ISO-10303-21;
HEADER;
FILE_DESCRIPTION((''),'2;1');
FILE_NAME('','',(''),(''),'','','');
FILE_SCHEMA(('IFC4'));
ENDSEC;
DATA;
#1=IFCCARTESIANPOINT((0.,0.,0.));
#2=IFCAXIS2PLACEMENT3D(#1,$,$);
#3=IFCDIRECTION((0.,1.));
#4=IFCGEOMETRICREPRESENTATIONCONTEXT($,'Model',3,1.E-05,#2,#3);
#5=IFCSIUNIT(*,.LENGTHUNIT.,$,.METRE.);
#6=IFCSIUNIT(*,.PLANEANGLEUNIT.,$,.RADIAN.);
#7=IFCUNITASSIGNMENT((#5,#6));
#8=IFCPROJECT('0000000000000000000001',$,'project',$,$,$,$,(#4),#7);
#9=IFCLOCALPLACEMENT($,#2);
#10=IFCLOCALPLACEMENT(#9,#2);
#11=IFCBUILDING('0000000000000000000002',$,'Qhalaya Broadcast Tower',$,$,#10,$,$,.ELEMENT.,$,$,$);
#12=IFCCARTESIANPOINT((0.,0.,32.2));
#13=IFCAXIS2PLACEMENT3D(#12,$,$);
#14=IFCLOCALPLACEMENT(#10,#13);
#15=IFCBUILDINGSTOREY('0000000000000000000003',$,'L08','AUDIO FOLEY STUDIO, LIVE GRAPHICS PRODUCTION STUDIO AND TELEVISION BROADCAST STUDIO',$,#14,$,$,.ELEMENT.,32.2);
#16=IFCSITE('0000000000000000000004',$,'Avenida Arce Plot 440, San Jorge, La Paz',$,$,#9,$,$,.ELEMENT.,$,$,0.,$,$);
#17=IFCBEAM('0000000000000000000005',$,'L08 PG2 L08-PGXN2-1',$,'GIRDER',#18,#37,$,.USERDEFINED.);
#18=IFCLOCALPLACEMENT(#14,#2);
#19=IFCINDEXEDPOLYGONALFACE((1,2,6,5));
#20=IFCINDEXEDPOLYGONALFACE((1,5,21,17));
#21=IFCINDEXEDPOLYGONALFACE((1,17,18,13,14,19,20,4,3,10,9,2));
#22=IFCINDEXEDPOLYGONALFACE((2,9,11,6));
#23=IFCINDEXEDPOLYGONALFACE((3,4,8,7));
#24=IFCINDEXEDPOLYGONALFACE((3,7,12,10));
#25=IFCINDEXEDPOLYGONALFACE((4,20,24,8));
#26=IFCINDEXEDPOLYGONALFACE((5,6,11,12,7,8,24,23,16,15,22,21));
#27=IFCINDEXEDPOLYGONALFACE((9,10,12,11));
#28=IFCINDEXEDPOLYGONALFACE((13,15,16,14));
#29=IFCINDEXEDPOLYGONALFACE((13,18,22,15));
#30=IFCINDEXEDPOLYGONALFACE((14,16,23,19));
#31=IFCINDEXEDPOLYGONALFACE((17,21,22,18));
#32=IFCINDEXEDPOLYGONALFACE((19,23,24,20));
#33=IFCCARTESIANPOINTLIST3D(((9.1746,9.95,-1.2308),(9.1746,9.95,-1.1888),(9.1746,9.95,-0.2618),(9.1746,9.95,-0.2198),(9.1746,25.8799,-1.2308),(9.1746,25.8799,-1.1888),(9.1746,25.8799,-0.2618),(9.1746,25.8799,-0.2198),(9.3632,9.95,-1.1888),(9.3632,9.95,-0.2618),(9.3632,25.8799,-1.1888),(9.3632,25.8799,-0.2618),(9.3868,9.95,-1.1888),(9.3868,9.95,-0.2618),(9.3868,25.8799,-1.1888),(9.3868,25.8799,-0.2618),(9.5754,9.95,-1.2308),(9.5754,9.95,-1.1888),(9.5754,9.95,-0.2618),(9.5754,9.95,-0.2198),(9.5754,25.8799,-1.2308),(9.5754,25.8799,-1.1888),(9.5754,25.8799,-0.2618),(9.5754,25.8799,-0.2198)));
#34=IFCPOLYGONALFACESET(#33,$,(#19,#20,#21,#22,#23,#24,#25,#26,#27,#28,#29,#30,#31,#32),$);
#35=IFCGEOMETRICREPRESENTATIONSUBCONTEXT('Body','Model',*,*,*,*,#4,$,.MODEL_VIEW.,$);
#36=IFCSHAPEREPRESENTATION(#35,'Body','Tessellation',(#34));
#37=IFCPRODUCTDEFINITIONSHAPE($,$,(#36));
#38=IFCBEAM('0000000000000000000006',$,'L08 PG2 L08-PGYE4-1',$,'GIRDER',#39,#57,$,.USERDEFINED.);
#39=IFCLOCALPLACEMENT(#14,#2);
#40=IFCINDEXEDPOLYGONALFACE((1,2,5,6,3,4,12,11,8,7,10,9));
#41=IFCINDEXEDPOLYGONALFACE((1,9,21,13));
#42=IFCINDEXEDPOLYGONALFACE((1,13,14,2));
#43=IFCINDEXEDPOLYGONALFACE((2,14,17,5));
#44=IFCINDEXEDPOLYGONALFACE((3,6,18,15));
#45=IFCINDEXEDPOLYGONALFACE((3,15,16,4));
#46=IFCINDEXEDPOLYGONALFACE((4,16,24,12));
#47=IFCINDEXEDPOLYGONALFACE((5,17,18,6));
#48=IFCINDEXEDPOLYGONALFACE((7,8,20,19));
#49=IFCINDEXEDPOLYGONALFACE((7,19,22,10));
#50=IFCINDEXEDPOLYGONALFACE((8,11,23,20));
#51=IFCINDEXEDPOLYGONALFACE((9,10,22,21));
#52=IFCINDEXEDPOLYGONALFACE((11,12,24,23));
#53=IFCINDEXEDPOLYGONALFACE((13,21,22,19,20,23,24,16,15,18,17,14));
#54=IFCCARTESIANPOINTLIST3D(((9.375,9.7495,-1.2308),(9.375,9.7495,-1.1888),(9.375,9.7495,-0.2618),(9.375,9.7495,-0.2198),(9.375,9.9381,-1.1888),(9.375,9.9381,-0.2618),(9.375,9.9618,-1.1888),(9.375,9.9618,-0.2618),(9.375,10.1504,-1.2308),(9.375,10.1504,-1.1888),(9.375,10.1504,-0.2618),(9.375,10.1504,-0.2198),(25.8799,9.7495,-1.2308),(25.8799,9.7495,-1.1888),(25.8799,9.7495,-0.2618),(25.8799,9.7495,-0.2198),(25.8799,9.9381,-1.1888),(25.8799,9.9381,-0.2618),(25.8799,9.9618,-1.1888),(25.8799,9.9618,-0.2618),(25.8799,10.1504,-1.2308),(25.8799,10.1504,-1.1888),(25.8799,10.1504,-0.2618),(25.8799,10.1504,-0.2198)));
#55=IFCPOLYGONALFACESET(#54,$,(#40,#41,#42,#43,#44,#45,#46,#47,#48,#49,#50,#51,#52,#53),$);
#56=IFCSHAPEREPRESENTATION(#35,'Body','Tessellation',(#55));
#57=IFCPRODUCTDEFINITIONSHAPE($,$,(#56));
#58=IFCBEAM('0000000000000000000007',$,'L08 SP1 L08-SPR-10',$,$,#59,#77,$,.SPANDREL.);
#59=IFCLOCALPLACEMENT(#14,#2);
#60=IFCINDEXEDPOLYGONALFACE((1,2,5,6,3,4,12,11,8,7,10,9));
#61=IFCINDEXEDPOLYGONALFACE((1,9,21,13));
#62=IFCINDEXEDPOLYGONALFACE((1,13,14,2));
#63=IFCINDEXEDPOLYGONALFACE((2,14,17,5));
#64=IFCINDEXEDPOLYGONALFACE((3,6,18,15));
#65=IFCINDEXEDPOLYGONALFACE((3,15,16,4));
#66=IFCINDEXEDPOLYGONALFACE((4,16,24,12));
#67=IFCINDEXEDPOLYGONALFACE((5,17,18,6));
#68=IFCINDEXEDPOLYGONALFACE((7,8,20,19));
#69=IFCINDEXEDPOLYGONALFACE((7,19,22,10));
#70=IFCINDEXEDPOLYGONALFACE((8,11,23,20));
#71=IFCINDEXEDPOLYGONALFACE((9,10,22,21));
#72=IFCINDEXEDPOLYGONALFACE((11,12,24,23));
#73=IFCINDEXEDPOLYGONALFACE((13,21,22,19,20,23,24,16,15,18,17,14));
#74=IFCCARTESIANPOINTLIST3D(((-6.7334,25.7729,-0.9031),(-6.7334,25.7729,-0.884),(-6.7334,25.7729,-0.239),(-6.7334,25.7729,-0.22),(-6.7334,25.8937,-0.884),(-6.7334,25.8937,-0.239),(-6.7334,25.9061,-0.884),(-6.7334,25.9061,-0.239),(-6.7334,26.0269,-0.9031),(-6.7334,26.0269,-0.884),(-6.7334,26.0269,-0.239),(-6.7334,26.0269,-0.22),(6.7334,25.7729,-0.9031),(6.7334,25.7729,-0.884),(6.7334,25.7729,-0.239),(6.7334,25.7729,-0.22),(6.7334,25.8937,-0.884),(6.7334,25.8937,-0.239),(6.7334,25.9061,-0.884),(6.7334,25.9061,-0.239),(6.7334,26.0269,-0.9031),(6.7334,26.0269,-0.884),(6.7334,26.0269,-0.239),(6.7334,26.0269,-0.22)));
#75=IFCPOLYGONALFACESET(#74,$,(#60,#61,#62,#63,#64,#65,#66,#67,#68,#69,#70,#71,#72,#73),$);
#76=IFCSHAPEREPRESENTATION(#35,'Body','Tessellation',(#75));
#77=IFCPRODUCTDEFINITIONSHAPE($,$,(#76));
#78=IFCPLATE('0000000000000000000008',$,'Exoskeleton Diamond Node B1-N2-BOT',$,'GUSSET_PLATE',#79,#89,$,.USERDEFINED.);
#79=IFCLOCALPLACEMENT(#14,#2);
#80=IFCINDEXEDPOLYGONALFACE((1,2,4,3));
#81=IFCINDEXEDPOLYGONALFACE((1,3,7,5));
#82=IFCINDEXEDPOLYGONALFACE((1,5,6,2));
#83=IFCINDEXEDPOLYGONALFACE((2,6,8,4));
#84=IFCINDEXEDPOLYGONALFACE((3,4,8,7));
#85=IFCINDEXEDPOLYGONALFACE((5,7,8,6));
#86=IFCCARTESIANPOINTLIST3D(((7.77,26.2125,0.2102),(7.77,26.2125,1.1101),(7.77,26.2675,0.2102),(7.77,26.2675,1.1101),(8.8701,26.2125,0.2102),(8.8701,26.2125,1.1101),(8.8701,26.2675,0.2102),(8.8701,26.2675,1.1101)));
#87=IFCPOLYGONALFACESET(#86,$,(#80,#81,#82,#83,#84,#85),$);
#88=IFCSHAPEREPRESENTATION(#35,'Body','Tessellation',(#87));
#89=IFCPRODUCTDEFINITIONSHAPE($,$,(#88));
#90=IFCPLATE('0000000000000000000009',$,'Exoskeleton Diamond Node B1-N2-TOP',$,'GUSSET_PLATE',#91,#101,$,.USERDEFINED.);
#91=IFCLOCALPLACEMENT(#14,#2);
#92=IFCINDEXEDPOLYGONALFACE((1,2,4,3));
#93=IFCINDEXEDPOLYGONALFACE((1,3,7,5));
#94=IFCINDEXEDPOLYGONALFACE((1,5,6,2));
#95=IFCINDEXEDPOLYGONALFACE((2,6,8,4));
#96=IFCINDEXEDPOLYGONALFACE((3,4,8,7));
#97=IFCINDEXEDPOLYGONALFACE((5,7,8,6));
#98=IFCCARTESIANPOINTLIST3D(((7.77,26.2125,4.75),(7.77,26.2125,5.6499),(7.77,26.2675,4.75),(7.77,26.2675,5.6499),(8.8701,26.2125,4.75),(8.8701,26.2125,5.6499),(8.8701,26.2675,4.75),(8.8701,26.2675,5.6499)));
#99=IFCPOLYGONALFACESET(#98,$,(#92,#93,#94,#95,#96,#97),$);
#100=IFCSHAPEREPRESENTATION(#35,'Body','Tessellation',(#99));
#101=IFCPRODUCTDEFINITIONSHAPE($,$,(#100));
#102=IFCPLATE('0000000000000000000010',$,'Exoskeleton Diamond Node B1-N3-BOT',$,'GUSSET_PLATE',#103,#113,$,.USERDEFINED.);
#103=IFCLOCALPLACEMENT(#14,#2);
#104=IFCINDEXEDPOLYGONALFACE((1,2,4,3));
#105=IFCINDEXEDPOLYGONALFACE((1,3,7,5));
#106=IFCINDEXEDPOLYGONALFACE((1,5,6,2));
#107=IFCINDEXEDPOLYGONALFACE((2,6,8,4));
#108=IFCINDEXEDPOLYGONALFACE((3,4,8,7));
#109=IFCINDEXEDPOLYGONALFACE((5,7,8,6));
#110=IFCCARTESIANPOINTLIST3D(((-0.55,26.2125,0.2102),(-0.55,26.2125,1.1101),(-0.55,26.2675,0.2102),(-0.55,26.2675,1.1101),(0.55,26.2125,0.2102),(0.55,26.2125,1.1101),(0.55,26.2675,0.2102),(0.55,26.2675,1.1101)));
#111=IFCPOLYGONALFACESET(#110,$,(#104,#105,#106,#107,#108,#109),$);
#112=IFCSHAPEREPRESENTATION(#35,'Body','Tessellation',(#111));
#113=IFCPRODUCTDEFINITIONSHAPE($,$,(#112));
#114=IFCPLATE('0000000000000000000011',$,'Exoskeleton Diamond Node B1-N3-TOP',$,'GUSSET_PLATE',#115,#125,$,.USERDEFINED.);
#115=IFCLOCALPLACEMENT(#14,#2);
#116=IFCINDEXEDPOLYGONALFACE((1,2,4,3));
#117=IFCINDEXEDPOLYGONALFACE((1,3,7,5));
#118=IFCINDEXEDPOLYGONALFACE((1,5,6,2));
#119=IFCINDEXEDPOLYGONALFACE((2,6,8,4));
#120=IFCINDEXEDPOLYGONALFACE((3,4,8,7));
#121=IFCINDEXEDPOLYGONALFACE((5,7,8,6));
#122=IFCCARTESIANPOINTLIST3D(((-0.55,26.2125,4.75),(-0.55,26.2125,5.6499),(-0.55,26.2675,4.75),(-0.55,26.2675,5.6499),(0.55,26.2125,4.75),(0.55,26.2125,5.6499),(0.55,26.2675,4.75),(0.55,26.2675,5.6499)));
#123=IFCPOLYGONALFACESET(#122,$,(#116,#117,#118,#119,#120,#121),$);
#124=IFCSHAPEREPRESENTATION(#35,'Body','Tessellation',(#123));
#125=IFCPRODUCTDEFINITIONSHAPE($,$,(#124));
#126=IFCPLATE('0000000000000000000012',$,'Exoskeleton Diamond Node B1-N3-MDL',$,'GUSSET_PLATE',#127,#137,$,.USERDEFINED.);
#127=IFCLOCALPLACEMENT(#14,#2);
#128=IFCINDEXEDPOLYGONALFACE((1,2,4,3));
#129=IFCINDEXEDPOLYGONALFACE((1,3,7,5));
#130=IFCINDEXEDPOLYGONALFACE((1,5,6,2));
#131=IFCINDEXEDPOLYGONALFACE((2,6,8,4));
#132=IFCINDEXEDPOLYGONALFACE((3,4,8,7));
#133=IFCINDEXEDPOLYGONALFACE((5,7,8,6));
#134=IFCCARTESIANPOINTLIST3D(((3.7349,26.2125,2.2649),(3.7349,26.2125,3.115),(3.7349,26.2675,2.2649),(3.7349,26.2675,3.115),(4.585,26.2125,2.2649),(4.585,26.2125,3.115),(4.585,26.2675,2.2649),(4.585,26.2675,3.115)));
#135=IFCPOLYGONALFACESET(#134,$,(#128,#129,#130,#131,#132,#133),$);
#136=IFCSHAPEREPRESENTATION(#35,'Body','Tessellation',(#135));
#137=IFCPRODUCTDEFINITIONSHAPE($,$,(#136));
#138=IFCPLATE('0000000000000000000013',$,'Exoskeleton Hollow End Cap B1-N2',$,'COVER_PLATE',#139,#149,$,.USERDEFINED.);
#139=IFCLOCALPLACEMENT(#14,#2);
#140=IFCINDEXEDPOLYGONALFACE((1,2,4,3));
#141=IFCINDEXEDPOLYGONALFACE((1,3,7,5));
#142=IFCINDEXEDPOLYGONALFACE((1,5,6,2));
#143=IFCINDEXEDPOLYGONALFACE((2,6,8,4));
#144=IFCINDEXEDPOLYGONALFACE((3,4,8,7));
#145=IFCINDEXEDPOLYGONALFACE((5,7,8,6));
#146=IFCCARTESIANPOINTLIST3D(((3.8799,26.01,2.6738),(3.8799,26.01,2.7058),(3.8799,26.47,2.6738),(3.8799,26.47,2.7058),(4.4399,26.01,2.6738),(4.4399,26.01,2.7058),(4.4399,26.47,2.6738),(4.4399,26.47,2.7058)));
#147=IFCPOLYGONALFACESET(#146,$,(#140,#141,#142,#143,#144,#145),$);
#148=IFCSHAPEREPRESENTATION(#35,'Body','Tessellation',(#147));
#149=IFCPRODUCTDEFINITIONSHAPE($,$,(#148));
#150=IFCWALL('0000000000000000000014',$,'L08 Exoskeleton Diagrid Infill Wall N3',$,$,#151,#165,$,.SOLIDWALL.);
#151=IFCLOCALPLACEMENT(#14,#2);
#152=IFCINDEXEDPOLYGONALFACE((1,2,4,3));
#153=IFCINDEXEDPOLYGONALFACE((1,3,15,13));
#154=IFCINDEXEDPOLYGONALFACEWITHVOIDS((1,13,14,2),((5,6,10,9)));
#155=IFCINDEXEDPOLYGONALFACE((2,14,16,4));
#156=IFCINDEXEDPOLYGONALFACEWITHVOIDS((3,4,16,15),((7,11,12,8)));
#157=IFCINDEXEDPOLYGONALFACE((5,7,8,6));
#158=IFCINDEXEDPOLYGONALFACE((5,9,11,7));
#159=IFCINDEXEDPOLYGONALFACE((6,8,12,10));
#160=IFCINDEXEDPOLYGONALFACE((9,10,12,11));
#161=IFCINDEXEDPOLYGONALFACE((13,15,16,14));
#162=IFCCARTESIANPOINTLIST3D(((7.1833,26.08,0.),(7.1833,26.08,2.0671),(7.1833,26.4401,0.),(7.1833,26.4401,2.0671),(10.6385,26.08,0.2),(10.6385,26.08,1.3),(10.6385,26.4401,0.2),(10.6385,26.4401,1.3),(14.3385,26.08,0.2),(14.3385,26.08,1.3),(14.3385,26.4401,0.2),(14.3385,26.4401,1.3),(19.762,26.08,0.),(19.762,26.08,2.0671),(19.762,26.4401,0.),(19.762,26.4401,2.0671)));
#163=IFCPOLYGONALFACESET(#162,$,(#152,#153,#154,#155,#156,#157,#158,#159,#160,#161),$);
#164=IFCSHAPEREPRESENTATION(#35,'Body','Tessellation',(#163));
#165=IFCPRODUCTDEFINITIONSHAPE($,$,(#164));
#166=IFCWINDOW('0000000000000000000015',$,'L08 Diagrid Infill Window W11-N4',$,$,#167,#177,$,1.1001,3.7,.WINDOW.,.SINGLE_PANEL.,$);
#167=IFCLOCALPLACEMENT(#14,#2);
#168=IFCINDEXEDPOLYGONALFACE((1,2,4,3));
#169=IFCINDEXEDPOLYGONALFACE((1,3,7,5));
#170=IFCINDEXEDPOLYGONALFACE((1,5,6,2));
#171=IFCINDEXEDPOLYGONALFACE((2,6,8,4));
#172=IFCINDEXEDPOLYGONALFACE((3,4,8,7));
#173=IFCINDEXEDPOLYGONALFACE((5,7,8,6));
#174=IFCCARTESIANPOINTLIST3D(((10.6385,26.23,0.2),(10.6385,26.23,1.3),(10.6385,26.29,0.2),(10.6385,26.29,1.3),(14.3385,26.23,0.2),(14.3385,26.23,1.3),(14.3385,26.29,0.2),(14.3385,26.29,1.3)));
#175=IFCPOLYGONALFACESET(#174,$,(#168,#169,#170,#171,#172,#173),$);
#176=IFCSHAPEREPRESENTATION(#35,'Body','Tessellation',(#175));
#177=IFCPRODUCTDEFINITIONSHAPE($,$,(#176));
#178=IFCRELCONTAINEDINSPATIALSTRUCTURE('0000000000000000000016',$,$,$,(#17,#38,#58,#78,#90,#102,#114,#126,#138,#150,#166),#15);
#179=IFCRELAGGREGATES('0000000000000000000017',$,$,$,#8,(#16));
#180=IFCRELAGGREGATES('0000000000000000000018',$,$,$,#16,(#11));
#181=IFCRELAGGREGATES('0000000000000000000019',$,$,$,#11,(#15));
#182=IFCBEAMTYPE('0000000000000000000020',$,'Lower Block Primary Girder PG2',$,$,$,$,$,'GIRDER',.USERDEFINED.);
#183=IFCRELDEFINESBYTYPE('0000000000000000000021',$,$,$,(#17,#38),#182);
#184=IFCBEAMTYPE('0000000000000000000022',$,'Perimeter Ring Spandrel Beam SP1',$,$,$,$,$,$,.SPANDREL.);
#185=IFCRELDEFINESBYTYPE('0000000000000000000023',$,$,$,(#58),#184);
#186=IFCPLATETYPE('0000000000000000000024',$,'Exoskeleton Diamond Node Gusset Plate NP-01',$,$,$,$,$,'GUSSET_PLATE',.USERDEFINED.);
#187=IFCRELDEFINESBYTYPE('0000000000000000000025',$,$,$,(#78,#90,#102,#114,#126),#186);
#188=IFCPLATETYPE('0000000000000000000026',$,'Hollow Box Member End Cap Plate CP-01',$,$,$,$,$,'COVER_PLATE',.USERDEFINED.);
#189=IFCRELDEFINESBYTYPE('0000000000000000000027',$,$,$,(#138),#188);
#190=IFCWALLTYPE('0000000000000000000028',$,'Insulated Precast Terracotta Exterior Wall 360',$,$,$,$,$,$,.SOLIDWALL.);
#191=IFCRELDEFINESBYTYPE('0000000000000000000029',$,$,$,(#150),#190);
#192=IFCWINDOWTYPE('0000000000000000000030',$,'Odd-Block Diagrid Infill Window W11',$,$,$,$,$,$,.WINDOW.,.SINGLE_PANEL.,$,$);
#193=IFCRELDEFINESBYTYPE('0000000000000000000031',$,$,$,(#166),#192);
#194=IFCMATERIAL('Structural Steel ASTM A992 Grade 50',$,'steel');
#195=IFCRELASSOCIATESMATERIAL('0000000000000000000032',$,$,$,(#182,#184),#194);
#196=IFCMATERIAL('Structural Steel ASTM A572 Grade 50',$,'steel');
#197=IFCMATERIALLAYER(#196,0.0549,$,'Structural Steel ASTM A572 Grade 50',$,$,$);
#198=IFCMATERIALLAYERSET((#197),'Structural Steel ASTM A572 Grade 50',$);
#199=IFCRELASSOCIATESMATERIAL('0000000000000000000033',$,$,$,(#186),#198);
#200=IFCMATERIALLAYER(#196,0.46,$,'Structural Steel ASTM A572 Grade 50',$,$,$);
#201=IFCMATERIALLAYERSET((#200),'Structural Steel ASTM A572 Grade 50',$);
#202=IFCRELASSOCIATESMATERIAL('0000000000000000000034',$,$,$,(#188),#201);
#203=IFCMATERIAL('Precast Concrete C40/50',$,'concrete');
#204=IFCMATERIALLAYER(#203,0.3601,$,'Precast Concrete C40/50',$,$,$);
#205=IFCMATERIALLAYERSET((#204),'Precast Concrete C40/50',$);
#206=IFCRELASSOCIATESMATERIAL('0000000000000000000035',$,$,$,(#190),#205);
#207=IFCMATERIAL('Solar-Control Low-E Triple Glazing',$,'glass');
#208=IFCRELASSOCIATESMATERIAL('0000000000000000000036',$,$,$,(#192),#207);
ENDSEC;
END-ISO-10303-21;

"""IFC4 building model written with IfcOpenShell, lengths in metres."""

from ifc_helpers import new_model, si_unit, direction, frame, frame_2d, origin, origin_2d, place, context, subcontext, project, spatial, rectangle, i_section, extrude, material, layer, layer_set, material_profile, profile_set, type_object, element, fill, save


model = new_model("IFC4")

# Units and contexts
model_context = context("Model", 3, precision=1e-05, world=origin(), true_north=direction((0.0, 1.0)))
body_context = subcontext(model_context, "Body", "Model", "MODEL_VIEW")
ifc_project = project(units=[si_unit("LENGTHUNIT", "METRE"), si_unit("PLANEANGLEUNIT", "RADIAN")], contexts=[model_context])

# Site, building, storey
site_placement = place(None, origin())
site = spatial("IfcSite", under=ifc_project, at=site_placement, Name="Avenida Arce Plot 440, San Jorge, La Paz", CompositionType="ELEMENT", RefElevation=0.0)
building_placement = place(site_placement, origin())
building = spatial("IfcBuilding", under=site, at=building_placement, Name="Qhalaya Broadcast Tower", CompositionType="ELEMENT")
storey_placement = place(building_placement, frame((0.0, 0.0, 32.2)))
storey = spatial("IfcBuildingStorey", under=building, at=storey_placement, Name="L08", Description="AUDIO FOLEY STUDIO, LIVE GRAPHICS PRODUCTION STUDIO AND TELEVISION BROADCAST STUDIO", CompositionType="ELEMENT", Elevation=32.2)

# Shared definitions
ifc_material_1 = material(Name="Structural Steel ASTM A572 Grade 50", Category="steel")

# Shared definitions
ifc_material_2 = material(Name="Structural Steel ASTM A992 Grade 50", Category="steel")

# Beams
ifc_material_profile_1 = material_profile(ifc_material_2, i_section(OverallWidth=0.4009, OverallDepth=1.011, WebThickness=0.0237, FlangeThickness=0.042, at=origin_2d()), Name="W40X297")
ifc_profile_set_1 = profile_set([ifc_material_profile_1], Name="Structural Steel ASTM A992 Grade 50")
beam_type_1 = type_object("IfcBeamType", Name="Lower Block Primary Girder PG2", ElementType="GIRDER", PredefinedType="USERDEFINED", material=ifc_profile_set_1)
beam_1_placement = place(storey_placement, frame((9.375, 9.95, -0.7253), z_axis=(0.0, 1.0, 0.0), x_axis=(-1.0, 0.0, 0.0)))
element("IfcBeam", 1, at=beam_1_placement, inside=storey, type_object=beam_type_1, Name="L08 PG2 L08-PGXN2-1", ObjectType="GIRDER", PredefinedType="USERDEFINED", context=body_context, shape_type="SweptSolid", body=[
    extrude(i_section(OverallWidth=0.4009, OverallDepth=1.011, WebThickness=0.0237, FlangeThickness=0.042, at=origin_2d()), origin(), (0.0, 0.0, 1.0), 15.9299),
])
beam_2_placement = place(storey_placement, frame((9.375, 9.95, -0.7253), z_axis=(1.0, 0.0, 0.0), x_axis=(0.0, 1.0, 0.0)))
element("IfcBeam", 2, at=beam_2_placement, inside=storey, type_object=beam_type_1, Name="L08 PG2 L08-PGYE4-1", ObjectType="GIRDER", PredefinedType="USERDEFINED", context=body_context, shape_type="SweptSolid", body=[
    extrude(i_section(OverallWidth=0.4009, OverallDepth=1.011, WebThickness=0.0237, FlangeThickness=0.042, at=origin_2d()), origin(), (0.0, 0.0, 1.0), 16.5049),
])
ifc_material_profile_2 = material_profile(ifc_material_2, i_section(OverallWidth=0.2539, OverallDepth=0.6831, WebThickness=0.0125, FlangeThickness=0.019, at=origin_2d()), Name="W27X94")
ifc_profile_set_2 = profile_set([ifc_material_profile_2], Name="Structural Steel ASTM A992 Grade 50")
beam_type_2 = type_object("IfcBeamType", Name="Perimeter Ring Spandrel Beam SP1", PredefinedType="SPANDREL", material=ifc_profile_set_2)
beam_3_placement = place(storey_placement, frame((6.7334, 25.8999, -0.5615), z_axis=(-1.0, 0.0, 0.0), x_axis=(0.0, -1.0, 0.0)))
element("IfcBeam", 3, at=beam_3_placement, inside=storey, type_object=beam_type_2, Name="L08 SP1 L08-SPR-10", PredefinedType="SPANDREL", context=body_context, shape_type="SweptSolid", body=[
    extrude(i_section(OverallWidth=0.2539, OverallDepth=0.6831, WebThickness=0.0125, FlangeThickness=0.019, at=origin_2d()), origin(), (0.0, 0.0, 1.0), 13.4668),
])

# Plates
ifc_layer_1 = layer(ifc_material_1, 0.0549, Name="Structural Steel ASTM A572 Grade 50")
ifc_layer_set_1 = layer_set([ifc_layer_1], Name="Structural Steel ASTM A572 Grade 50")
plate_type_1 = type_object("IfcPlateType", Name="Exoskeleton Diamond Node Gusset Plate NP-01", ElementType="GUSSET_PLATE", PredefinedType="USERDEFINED", material=ifc_layer_set_1)
for number, where, z_axis, x_axis, name in (
    (4, (8.3201, 26.24, 0.2102), (0.0, 0.0, 1.0), (1.0, 0.0, 0.0), "Exoskeleton Diamond Node B1-N2-BOT"),
    (5, (8.3201, 26.24, 4.75), (0.0, 0.0, 1.0), (1.0, 0.0, 0.0), "Exoskeleton Diamond Node B1-N2-TOP"),
    (6, (0.0, 26.24, 0.2102), (0.0, 0.0, 1.0), (1.0, 0.0, 0.0), "Exoskeleton Diamond Node B1-N3-BOT"),
    (7, (0.0, 26.24, 4.75), (0.0, 0.0, 1.0), (1.0, 0.0, 0.0), "Exoskeleton Diamond Node B1-N3-TOP"),
):
    element("IfcPlate", number, at=place(storey_placement, frame(where, z_axis=z_axis, x_axis=x_axis)), inside=storey, type_object=plate_type_1, Name=name, ObjectType="GUSSET_PLATE", PredefinedType="USERDEFINED", context=body_context, shape_type="SweptSolid", body=[
        extrude(rectangle(XDim=1.1001, YDim=0.0549, at=origin_2d()), origin(), (0.0, 0.0, 1.0), 0.8999),
    ])
plate_1_placement = place(storey_placement, frame((4.1599, 26.24, 2.2649), z_axis=(0.0, 0.0, 1.0), x_axis=(1.0, 0.0, 0.0)))
element("IfcPlate", 8, at=plate_1_placement, inside=storey, type_object=plate_type_1, Name="Exoskeleton Diamond Node B1-N3-MDL", ObjectType="GUSSET_PLATE", PredefinedType="USERDEFINED", context=body_context, shape_type="SweptSolid", body=[
    extrude(rectangle(XDim=0.8501, YDim=0.0549, at=origin_2d()), origin(), (0.0, 0.0, 1.0), 0.8501),
])
ifc_layer_2 = layer(ifc_material_1, 0.46, Name="Structural Steel ASTM A572 Grade 50")
ifc_layer_set_2 = layer_set([ifc_layer_2], Name="Structural Steel ASTM A572 Grade 50")
plate_type_2 = type_object("IfcPlateType", Name="Hollow Box Member End Cap Plate CP-01", ElementType="COVER_PLATE", PredefinedType="USERDEFINED", material=ifc_layer_set_2)
plate_2_placement = place(storey_placement, frame((4.1599, 26.24, 2.6738), z_axis=(0.0, 0.0, 1.0), x_axis=(1.0, 0.0, 0.0)))
element("IfcPlate", 9, at=plate_2_placement, inside=storey, type_object=plate_type_2, Name="Exoskeleton Hollow End Cap B1-N2", ObjectType="COVER_PLATE", PredefinedType="USERDEFINED", context=body_context, shape_type="SweptSolid", body=[
    extrude(rectangle(XDim=0.5601, YDim=0.46, at=origin_2d()), origin(), (0.0, 0.0, 1.0), 0.032),
])

# Wall, opening, window
ifc_material_3 = material(Name="Precast Concrete C40/50", Category="concrete")
ifc_layer_3 = layer(ifc_material_3, 0.3601, Name="Precast Concrete C40/50")
ifc_layer_set_3 = layer_set([ifc_layer_3], Name="Precast Concrete C40/50")
wall_type = type_object("IfcWallType", Name="Insulated Precast Terracotta Exterior Wall 360", PredefinedType="SOLIDWALL", material=ifc_layer_set_3)
wall_placement = place(storey_placement, frame((7.1833, 26.26, 0.0), z_axis=(0.0, 0.0, 1.0), x_axis=(1.0, 0.0, 0.0)))
wall = element("IfcWall", 10, at=wall_placement, inside=storey, type_object=wall_type, Name="L08 Exoskeleton Diagrid Infill Wall N3", PredefinedType="SOLIDWALL", context=body_context, shape_type="SweptSolid", body=[
    extrude(rectangle(XDim=12.5786, YDim=0.3601, at=frame_2d((6.2893, 0.0))), origin(), (0.0, 0.0, 1.0), 2.0671),
])
opening_placement = place(wall_placement, frame((3.4551, 0.0, 0.2)))
opening = element("IfcOpeningElement", 11, at=opening_placement, cuts=wall, PredefinedType="OPENING", context=body_context, shape_type="SweptSolid", body=[
    extrude(rectangle(XDim=3.7, YDim=1.1001, at=frame_2d((1.8501, 0.55))), frame((0.0, 0.1921, 0.0), z_axis=(0.0, -1.0, 0.0), x_axis=(1.0, 0.0, 0.0)), (0.0, 0.0, 1.0), 0.384),
])
ifc_material_4 = material(Name="Solar-Control Low-E Triple Glazing", Category="glass")
window_type = type_object("IfcWindowType", Name="Odd-Block Diagrid Infill Window W11", PartitioningType="SINGLE_PANEL", PredefinedType="WINDOW", material=ifc_material_4)
window_placement = place(opening_placement, origin())
window = element("IfcWindow", 12, at=window_placement, inside=storey, type_object=window_type, Name="L08 Diagrid Infill Window W11-N4", OverallHeight=1.1001, OverallWidth=3.7, PartitioningType="SINGLE_PANEL", PredefinedType="WINDOW", context=body_context, shape_type="SweptSolid", body=[
    extrude(rectangle(XDim=3.7, YDim=1.1001, at=frame_2d((1.8501, 0.55))), frame((0.0, 0.03, 0.0), z_axis=(0.0, -1.0, 0.0), x_axis=(1.0, 0.0, 0.0)), (0.0, 0.0, 1.0), 0.0601),
])
fill(opening, window)

save(model, "model.ifc")
